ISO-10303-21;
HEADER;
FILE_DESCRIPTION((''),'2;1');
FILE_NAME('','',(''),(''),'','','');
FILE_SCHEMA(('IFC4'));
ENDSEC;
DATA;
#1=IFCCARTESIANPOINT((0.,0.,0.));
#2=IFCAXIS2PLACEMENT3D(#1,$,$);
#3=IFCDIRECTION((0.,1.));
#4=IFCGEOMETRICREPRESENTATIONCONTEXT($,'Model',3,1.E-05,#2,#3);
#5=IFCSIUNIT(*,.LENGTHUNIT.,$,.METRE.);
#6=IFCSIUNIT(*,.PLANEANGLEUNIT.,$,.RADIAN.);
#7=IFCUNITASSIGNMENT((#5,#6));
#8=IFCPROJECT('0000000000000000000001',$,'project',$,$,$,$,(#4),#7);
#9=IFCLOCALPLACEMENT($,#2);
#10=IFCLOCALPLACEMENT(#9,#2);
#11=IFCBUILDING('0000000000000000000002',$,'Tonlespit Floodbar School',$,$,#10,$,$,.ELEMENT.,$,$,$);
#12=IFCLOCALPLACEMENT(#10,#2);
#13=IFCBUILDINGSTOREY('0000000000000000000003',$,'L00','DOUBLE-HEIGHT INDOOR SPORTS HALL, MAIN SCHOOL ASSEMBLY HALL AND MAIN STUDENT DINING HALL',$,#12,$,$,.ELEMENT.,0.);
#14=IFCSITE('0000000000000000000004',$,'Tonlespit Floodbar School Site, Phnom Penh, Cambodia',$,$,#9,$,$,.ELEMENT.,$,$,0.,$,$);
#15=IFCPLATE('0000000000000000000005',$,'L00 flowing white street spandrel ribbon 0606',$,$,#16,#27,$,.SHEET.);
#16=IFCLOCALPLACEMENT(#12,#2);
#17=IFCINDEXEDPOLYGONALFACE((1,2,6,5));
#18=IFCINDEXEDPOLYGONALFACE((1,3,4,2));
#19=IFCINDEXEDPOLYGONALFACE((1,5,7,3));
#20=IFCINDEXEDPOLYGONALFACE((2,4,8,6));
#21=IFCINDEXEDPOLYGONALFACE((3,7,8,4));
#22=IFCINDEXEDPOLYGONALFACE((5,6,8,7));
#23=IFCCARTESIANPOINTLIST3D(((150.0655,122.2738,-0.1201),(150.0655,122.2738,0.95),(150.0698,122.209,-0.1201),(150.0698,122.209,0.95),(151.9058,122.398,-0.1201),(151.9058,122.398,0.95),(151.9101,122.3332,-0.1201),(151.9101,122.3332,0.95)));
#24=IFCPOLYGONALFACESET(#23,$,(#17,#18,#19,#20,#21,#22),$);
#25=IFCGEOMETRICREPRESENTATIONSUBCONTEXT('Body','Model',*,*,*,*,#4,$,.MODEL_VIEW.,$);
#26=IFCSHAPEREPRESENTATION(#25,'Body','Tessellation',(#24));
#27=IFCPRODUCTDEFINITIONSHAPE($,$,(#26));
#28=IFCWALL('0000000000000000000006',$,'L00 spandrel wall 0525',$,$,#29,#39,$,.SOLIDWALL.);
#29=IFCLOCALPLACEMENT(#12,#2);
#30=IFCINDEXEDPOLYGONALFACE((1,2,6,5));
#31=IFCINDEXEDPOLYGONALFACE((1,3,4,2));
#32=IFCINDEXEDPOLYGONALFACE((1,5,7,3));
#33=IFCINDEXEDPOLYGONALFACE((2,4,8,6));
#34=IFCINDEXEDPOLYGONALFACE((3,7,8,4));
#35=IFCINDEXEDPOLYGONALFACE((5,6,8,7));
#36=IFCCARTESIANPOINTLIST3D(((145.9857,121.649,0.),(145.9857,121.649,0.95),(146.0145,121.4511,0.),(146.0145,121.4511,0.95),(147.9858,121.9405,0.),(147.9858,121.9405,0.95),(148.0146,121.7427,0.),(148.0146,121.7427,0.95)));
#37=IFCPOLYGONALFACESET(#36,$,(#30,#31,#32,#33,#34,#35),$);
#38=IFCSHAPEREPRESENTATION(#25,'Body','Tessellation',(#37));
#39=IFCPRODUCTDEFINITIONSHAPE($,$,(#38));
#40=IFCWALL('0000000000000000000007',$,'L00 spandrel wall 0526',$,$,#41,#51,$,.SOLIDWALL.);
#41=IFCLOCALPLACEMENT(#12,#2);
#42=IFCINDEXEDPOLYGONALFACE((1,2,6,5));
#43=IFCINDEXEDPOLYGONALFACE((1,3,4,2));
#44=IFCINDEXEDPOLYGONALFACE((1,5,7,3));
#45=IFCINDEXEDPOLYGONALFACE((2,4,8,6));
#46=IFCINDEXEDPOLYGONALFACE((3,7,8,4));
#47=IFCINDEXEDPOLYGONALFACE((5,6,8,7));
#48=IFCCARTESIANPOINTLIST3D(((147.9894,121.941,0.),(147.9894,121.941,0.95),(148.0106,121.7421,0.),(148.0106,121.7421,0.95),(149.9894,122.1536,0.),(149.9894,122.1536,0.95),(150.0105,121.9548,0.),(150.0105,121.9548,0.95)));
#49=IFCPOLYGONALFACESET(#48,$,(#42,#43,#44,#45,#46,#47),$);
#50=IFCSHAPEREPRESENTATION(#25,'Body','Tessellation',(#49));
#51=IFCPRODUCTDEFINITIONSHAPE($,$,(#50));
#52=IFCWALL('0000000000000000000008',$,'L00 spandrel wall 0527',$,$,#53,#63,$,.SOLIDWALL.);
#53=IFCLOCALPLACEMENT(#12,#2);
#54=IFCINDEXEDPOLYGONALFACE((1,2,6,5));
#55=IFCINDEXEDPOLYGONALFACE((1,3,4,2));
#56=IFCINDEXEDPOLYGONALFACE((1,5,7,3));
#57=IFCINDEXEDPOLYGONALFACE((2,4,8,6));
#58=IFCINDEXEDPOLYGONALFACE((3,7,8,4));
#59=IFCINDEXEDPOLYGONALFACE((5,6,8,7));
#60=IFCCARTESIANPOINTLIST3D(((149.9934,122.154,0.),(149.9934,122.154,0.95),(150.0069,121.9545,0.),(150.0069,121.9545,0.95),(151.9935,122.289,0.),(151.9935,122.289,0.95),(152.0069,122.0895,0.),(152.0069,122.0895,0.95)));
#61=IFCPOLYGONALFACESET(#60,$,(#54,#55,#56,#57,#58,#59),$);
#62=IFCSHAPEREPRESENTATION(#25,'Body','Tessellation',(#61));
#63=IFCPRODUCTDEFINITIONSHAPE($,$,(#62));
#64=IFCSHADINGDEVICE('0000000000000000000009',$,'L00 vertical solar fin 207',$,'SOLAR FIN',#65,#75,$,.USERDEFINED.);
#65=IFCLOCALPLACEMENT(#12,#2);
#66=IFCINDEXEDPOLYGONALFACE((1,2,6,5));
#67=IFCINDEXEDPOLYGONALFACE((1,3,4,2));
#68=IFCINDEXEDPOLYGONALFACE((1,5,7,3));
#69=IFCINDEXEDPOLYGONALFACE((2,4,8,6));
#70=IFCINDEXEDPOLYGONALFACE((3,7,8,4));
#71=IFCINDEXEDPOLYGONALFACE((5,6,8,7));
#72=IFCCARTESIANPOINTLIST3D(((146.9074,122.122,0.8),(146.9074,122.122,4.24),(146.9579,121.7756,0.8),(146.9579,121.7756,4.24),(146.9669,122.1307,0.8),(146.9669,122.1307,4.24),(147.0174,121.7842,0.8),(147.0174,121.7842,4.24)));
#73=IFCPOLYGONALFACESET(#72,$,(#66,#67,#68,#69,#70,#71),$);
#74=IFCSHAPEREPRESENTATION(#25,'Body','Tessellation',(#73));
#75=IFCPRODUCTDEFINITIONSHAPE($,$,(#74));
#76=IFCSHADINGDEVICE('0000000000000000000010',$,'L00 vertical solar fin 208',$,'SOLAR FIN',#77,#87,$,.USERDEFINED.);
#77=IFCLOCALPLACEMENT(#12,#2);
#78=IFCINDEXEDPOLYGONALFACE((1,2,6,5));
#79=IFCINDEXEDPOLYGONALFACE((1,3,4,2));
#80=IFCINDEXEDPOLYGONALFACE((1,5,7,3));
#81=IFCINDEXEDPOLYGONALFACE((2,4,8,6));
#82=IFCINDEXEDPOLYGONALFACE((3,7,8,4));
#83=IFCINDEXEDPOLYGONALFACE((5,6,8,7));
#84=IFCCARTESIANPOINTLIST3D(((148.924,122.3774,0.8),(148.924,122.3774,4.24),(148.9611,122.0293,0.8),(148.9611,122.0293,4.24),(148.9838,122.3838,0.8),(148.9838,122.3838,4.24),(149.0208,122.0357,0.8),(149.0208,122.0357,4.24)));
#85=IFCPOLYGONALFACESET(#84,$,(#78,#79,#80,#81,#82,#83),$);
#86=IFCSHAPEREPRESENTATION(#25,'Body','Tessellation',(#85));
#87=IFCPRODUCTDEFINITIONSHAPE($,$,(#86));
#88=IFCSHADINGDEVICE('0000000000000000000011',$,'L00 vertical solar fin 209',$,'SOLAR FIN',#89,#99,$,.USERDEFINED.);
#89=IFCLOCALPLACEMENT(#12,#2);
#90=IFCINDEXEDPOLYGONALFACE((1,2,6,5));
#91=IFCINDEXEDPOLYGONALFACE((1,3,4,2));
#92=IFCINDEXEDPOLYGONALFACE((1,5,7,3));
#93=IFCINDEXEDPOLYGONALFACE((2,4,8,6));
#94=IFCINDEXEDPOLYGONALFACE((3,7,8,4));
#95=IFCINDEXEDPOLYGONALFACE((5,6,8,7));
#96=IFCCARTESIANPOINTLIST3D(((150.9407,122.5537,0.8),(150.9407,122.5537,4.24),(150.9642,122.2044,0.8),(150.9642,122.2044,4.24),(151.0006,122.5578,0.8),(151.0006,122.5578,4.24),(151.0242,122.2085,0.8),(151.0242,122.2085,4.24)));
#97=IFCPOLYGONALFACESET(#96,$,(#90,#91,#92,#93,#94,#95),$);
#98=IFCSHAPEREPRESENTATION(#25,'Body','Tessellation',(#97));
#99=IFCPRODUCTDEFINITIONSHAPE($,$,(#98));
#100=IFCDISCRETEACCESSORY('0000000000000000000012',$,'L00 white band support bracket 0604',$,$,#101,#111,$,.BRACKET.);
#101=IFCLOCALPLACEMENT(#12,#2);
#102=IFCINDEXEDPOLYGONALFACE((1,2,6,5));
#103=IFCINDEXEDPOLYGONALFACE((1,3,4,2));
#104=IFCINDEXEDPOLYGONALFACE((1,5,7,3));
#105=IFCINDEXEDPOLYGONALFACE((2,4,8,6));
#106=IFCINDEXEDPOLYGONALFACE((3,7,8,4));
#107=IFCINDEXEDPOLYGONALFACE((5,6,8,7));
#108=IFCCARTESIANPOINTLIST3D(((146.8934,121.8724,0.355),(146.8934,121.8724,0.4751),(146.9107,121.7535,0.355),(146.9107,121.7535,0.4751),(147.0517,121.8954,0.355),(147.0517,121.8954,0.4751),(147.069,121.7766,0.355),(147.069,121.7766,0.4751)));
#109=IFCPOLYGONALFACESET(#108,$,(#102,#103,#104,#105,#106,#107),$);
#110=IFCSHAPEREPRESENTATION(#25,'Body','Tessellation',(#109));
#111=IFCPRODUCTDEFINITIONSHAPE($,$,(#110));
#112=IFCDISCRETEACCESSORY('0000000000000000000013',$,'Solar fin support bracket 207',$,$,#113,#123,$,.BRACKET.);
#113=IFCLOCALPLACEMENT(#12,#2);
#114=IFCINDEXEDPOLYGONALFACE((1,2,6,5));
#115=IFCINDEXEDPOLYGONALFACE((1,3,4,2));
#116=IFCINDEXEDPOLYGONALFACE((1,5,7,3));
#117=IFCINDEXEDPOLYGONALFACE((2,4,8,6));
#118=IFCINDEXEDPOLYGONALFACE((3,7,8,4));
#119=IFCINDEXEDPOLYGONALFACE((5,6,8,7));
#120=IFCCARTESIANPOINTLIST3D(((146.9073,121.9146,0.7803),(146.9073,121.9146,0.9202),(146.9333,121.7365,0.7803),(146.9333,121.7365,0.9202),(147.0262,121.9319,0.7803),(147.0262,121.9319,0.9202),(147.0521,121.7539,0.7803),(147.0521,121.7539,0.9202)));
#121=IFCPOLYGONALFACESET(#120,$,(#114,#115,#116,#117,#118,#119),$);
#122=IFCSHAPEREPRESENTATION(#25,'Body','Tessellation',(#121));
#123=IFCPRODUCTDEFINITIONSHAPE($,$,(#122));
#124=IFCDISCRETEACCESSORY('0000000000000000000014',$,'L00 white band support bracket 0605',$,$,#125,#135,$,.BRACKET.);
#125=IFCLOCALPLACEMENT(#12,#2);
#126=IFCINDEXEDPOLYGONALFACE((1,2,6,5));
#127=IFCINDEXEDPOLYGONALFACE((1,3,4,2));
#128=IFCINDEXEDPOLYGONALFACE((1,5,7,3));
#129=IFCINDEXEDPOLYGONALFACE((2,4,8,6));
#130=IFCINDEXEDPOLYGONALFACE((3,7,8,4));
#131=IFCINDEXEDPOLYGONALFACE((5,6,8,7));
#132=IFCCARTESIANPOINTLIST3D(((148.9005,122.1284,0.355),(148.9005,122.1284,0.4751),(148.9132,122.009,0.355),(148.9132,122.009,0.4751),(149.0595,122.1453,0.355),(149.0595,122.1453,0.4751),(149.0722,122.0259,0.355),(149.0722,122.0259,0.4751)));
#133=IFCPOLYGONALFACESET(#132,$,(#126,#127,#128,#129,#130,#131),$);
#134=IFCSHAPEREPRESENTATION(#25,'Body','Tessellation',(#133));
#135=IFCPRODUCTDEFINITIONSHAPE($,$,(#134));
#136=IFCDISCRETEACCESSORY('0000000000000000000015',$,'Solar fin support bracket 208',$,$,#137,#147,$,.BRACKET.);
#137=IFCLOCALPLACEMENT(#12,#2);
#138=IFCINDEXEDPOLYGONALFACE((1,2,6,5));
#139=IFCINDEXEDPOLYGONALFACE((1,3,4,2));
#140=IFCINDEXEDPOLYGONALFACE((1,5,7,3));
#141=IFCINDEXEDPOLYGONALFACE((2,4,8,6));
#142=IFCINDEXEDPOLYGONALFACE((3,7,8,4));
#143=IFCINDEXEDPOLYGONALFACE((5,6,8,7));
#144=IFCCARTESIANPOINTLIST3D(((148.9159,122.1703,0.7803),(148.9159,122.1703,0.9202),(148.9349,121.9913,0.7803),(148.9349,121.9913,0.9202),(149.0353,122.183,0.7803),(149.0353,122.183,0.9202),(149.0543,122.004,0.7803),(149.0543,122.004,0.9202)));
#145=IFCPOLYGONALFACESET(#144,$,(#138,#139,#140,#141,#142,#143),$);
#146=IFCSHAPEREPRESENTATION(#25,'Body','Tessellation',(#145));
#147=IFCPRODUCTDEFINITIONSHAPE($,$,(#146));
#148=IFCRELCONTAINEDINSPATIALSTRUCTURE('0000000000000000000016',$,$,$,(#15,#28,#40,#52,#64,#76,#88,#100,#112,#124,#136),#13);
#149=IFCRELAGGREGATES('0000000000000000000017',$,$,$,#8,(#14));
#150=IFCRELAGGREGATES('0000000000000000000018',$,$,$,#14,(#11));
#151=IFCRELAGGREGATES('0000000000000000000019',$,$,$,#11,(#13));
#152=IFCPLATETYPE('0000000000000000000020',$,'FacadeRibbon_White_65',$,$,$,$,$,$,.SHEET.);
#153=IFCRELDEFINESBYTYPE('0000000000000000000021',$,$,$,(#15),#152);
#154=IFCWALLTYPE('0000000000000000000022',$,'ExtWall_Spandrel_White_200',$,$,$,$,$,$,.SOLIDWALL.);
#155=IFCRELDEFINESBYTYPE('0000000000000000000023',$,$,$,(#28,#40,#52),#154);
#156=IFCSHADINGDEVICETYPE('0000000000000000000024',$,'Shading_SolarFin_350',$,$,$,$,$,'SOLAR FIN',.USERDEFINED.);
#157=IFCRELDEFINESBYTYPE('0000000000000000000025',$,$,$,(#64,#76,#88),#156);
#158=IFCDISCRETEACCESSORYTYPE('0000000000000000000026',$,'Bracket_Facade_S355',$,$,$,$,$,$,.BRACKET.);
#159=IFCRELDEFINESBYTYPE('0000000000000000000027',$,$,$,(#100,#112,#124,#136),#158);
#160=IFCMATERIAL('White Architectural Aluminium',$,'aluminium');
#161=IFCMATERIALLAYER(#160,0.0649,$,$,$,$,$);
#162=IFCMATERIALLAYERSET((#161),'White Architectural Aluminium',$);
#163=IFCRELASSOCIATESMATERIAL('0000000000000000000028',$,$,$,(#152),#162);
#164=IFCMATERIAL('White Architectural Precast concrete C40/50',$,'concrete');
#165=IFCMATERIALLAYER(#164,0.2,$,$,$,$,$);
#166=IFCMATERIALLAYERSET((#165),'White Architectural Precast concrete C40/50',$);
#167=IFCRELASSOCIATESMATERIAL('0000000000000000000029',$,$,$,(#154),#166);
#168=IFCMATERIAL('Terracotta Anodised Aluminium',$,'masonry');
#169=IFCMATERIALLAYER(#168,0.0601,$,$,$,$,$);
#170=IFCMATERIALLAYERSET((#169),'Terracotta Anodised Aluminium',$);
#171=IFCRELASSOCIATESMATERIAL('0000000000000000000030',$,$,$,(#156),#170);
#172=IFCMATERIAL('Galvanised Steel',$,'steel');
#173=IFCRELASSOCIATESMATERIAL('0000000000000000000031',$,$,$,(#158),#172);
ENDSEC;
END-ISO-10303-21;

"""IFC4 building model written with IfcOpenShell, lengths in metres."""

from ifc_helpers import new_model, si_unit, direction, frame, frame_2d, origin, origin_2d, place, context, subcontext, project, spatial, rectangle, extrude, material, layer, layer_set, type_object, element, save


model = new_model("IFC4")

# Units and contexts
model_context = context("Model", 3, precision=1e-05, world=origin(), true_north=direction((0.0, 1.0)))
body_context = subcontext(model_context, "Body", "Model", "MODEL_VIEW")
ifc_project = project(units=[si_unit("LENGTHUNIT", "METRE"), si_unit("PLANEANGLEUNIT", "RADIAN")], contexts=[model_context])

# Site, building, storey
site_placement = place(None, origin())
site = spatial("IfcSite", under=ifc_project, at=site_placement, Name="Tonlespit Floodbar School Site, Phnom Penh, Cambodia", CompositionType="ELEMENT", RefElevation=0.0)
building_placement = place(site_placement, origin())
building = spatial("IfcBuilding", under=site, at=building_placement, Name="Tonlespit Floodbar School", CompositionType="ELEMENT")
storey_placement = place(building_placement, origin())
storey = spatial("IfcBuildingStorey", under=building, at=storey_placement, Name="L00", Description="DOUBLE-HEIGHT INDOOR SPORTS HALL, MAIN SCHOOL ASSEMBLY HALL AND MAIN STUDENT DINING HALL", CompositionType="ELEMENT", Elevation=0.0)

# Plate
ifc_material_1 = material(Name="White Architectural Aluminium", Category="aluminium")
ifc_layer_1 = layer(ifc_material_1, 0.0649)
ifc_layer_set_1 = layer_set([ifc_layer_1], Name="White Architectural Aluminium")
plate_type_1 = type_object("IfcPlateType", Name="FacadeRibbon_White_65", PredefinedType="SHEET", material=ifc_layer_set_1)
plate_1_placement = place(storey_placement, frame((150.9878, 122.3035, -0.1201), z_axis=(0.0, 0.0, 1.0), x_axis=(0.99773, 0.067347, 0.0)))
element("IfcPlate", 1, at=plate_1_placement, inside=storey, type_object=plate_type_1, Name="L00 flowing white street spandrel ribbon 0606", PredefinedType="SHEET", context=body_context, shape_type="SweptSolid", body=[
    extrude(rectangle(XDim=1.8445, YDim=0.0649, at=origin_2d()), origin(), (0.0, 0.0, 1.0), 1.0701),
])

# Walls
ifc_material_2 = material(Name="White Architectural Precast concrete C40/50", Category="concrete")
ifc_layer_2 = layer(ifc_material_2, 0.2)
ifc_layer_set_2 = layer_set([ifc_layer_2], Name="White Architectural Precast concrete C40/50")
wall_type = type_object("IfcWallType", Name="ExtWall_Spandrel_White_200", PredefinedType="SOLIDWALL", material=ifc_layer_set_2)
wall_1_placement = place(storey_placement, frame((146.0, 121.55, 0.0), z_axis=(0.0, 0.0, 1.0), x_axis=(0.989544, 0.144228, 0.0)))
element("IfcWall", 2, at=wall_1_placement, inside=storey, type_object=wall_type, Name="L00 spandrel wall 0525", PredefinedType="SOLIDWALL", context=body_context, shape_type="SweptSolid", body=[
    extrude(rectangle(XDim=2.0212, YDim=0.2, at=frame_2d((1.0107, 0.0))), origin(), (0.0, 0.0, 1.0), 0.95),
])
wall_2_placement = place(storey_placement, frame((148.0, 121.8416, 0.0), z_axis=(0.0, 0.0, 1.0), x_axis=(0.994395, 0.105727, 0.0)))
element("IfcWall", 3, at=wall_2_placement, inside=storey, type_object=wall_type, Name="L00 spandrel wall 0526", PredefinedType="SOLIDWALL", context=body_context, shape_type="SweptSolid", body=[
    extrude(rectangle(XDim=2.0112, YDim=0.2, at=frame_2d((1.0056, 0.0))), origin(), (0.0, 0.0, 1.0), 0.95),
])
wall_3_placement = place(storey_placement, frame((150.0, 122.0542, 0.0), z_axis=(0.0, 0.0, 1.0), x_axis=(0.997729, 0.067352, 0.0)))
element("IfcWall", 4, at=wall_3_placement, inside=storey, type_object=wall_type, Name="L00 spandrel wall 0527", PredefinedType="SOLIDWALL", context=body_context, shape_type="SweptSolid", body=[
    extrude(rectangle(XDim=2.0046, YDim=0.2, at=frame_2d((1.0024, 0.0))), origin(), (0.0, 0.0, 1.0), 0.95),
])

# Shading devices
ifc_material_3 = material(Name="Terracotta Anodised Aluminium", Category="masonry")
ifc_layer_3 = layer(ifc_material_3, 0.0601)
ifc_layer_set_3 = layer_set([ifc_layer_3], Name="Terracotta Anodised Aluminium")
shading_device_type = type_object("IfcShadingDeviceType", Name="Shading_SolarFin_350", ElementType="SOLAR FIN", PredefinedType="USERDEFINED", material=ifc_layer_set_3)
for number, where, z_axis, x_axis, name in (
    (5, (146.9624, 121.9531, 0.8), (0.0, 0.0, 1.0), (0.989538, 0.144275, 0.0), "L00 vertical solar fin 207"),
    (6, (148.9724, 122.2065, 0.8), (0.0, 0.0, 1.0), (0.994392, 0.105754, 0.0), "L00 vertical solar fin 208"),
    (7, (150.9824, 122.3811, 0.8), (0.0, 0.0, 1.0), (0.99773, 0.067347, 0.0), "L00 vertical solar fin 209"),
):
    element("IfcShadingDevice", number, at=place(storey_placement, frame(where, z_axis=z_axis, x_axis=x_axis)), inside=storey, type_object=shading_device_type, Name=name, ObjectType="SOLAR FIN", PredefinedType="USERDEFINED", context=body_context, shape_type="SweptSolid", body=[
        extrude(rectangle(XDim=0.0601, YDim=0.3501, at=origin_2d()), origin(), (0.0, 0.0, 1.0), 3.4399),
    ])

# Discrete accessories
ifc_material_4 = material(Name="Galvanised Steel", Category="steel")
discrete_accessory_type = type_object("IfcDiscreteAccessoryType", Name="Bracket_Facade_S355", PredefinedType="BRACKET", material=ifc_material_4)
discrete_accessory_1_placement = place(storey_placement, frame((146.9812, 121.8245, 0.355), z_axis=(0.0, 0.0, 1.0), x_axis=(0.989538, 0.144275, 0.0)))
element("IfcDiscreteAccessory", 8, at=discrete_accessory_1_placement, inside=storey, type_object=discrete_accessory_type, Name="L00 white band support bracket 0604", PredefinedType="BRACKET", context=body_context, shape_type="SweptSolid", body=[
    extrude(rectangle(XDim=0.1599, YDim=0.1201, at=origin_2d()), origin(), (0.0, 0.0, 1.0), 0.1201),
])
discrete_accessory_2_placement = place(storey_placement, frame((146.9797, 121.8342, 0.7803), z_axis=(0.0, 0.0, 1.0), x_axis=(0.989538, 0.144275, 0.0)))
element("IfcDiscreteAccessory", 9, at=discrete_accessory_2_placement, inside=storey, type_object=discrete_accessory_type, Name="Solar fin support bracket 207", PredefinedType="BRACKET", context=body_context, shape_type="SweptSolid", body=[
    extrude(rectangle(XDim=0.1201, YDim=0.1799, at=origin_2d()), origin(), (0.0, 0.0, 1.0), 0.1399),
])
discrete_accessory_3_placement = place(storey_placement, frame((148.9863, 122.0771, 0.355), z_axis=(0.0, 0.0, 1.0), x_axis=(0.994392, 0.105754, 0.0)))
element("IfcDiscreteAccessory", 10, at=discrete_accessory_3_placement, inside=storey, type_object=discrete_accessory_type, Name="L00 white band support bracket 0605", PredefinedType="BRACKET", context=body_context, shape_type="SweptSolid", body=[
    extrude(rectangle(XDim=0.1599, YDim=0.1201, at=origin_2d()), origin(), (0.0, 0.0, 1.0), 0.1201),
])
discrete_accessory_4_placement = place(storey_placement, frame((148.9851, 122.0872, 0.7803), z_axis=(0.0, 0.0, 1.0), x_axis=(0.994392, 0.105754, 0.0)))
element("IfcDiscreteAccessory", 11, at=discrete_accessory_4_placement, inside=storey, type_object=discrete_accessory_type, Name="Solar fin support bracket 208", PredefinedType="BRACKET", context=body_context, shape_type="SweptSolid", body=[
    extrude(rectangle(XDim=0.1201, YDim=0.1799, at=origin_2d()), origin(), (0.0, 0.0, 1.0), 0.1399),
])

save(model, "model.ifc")
